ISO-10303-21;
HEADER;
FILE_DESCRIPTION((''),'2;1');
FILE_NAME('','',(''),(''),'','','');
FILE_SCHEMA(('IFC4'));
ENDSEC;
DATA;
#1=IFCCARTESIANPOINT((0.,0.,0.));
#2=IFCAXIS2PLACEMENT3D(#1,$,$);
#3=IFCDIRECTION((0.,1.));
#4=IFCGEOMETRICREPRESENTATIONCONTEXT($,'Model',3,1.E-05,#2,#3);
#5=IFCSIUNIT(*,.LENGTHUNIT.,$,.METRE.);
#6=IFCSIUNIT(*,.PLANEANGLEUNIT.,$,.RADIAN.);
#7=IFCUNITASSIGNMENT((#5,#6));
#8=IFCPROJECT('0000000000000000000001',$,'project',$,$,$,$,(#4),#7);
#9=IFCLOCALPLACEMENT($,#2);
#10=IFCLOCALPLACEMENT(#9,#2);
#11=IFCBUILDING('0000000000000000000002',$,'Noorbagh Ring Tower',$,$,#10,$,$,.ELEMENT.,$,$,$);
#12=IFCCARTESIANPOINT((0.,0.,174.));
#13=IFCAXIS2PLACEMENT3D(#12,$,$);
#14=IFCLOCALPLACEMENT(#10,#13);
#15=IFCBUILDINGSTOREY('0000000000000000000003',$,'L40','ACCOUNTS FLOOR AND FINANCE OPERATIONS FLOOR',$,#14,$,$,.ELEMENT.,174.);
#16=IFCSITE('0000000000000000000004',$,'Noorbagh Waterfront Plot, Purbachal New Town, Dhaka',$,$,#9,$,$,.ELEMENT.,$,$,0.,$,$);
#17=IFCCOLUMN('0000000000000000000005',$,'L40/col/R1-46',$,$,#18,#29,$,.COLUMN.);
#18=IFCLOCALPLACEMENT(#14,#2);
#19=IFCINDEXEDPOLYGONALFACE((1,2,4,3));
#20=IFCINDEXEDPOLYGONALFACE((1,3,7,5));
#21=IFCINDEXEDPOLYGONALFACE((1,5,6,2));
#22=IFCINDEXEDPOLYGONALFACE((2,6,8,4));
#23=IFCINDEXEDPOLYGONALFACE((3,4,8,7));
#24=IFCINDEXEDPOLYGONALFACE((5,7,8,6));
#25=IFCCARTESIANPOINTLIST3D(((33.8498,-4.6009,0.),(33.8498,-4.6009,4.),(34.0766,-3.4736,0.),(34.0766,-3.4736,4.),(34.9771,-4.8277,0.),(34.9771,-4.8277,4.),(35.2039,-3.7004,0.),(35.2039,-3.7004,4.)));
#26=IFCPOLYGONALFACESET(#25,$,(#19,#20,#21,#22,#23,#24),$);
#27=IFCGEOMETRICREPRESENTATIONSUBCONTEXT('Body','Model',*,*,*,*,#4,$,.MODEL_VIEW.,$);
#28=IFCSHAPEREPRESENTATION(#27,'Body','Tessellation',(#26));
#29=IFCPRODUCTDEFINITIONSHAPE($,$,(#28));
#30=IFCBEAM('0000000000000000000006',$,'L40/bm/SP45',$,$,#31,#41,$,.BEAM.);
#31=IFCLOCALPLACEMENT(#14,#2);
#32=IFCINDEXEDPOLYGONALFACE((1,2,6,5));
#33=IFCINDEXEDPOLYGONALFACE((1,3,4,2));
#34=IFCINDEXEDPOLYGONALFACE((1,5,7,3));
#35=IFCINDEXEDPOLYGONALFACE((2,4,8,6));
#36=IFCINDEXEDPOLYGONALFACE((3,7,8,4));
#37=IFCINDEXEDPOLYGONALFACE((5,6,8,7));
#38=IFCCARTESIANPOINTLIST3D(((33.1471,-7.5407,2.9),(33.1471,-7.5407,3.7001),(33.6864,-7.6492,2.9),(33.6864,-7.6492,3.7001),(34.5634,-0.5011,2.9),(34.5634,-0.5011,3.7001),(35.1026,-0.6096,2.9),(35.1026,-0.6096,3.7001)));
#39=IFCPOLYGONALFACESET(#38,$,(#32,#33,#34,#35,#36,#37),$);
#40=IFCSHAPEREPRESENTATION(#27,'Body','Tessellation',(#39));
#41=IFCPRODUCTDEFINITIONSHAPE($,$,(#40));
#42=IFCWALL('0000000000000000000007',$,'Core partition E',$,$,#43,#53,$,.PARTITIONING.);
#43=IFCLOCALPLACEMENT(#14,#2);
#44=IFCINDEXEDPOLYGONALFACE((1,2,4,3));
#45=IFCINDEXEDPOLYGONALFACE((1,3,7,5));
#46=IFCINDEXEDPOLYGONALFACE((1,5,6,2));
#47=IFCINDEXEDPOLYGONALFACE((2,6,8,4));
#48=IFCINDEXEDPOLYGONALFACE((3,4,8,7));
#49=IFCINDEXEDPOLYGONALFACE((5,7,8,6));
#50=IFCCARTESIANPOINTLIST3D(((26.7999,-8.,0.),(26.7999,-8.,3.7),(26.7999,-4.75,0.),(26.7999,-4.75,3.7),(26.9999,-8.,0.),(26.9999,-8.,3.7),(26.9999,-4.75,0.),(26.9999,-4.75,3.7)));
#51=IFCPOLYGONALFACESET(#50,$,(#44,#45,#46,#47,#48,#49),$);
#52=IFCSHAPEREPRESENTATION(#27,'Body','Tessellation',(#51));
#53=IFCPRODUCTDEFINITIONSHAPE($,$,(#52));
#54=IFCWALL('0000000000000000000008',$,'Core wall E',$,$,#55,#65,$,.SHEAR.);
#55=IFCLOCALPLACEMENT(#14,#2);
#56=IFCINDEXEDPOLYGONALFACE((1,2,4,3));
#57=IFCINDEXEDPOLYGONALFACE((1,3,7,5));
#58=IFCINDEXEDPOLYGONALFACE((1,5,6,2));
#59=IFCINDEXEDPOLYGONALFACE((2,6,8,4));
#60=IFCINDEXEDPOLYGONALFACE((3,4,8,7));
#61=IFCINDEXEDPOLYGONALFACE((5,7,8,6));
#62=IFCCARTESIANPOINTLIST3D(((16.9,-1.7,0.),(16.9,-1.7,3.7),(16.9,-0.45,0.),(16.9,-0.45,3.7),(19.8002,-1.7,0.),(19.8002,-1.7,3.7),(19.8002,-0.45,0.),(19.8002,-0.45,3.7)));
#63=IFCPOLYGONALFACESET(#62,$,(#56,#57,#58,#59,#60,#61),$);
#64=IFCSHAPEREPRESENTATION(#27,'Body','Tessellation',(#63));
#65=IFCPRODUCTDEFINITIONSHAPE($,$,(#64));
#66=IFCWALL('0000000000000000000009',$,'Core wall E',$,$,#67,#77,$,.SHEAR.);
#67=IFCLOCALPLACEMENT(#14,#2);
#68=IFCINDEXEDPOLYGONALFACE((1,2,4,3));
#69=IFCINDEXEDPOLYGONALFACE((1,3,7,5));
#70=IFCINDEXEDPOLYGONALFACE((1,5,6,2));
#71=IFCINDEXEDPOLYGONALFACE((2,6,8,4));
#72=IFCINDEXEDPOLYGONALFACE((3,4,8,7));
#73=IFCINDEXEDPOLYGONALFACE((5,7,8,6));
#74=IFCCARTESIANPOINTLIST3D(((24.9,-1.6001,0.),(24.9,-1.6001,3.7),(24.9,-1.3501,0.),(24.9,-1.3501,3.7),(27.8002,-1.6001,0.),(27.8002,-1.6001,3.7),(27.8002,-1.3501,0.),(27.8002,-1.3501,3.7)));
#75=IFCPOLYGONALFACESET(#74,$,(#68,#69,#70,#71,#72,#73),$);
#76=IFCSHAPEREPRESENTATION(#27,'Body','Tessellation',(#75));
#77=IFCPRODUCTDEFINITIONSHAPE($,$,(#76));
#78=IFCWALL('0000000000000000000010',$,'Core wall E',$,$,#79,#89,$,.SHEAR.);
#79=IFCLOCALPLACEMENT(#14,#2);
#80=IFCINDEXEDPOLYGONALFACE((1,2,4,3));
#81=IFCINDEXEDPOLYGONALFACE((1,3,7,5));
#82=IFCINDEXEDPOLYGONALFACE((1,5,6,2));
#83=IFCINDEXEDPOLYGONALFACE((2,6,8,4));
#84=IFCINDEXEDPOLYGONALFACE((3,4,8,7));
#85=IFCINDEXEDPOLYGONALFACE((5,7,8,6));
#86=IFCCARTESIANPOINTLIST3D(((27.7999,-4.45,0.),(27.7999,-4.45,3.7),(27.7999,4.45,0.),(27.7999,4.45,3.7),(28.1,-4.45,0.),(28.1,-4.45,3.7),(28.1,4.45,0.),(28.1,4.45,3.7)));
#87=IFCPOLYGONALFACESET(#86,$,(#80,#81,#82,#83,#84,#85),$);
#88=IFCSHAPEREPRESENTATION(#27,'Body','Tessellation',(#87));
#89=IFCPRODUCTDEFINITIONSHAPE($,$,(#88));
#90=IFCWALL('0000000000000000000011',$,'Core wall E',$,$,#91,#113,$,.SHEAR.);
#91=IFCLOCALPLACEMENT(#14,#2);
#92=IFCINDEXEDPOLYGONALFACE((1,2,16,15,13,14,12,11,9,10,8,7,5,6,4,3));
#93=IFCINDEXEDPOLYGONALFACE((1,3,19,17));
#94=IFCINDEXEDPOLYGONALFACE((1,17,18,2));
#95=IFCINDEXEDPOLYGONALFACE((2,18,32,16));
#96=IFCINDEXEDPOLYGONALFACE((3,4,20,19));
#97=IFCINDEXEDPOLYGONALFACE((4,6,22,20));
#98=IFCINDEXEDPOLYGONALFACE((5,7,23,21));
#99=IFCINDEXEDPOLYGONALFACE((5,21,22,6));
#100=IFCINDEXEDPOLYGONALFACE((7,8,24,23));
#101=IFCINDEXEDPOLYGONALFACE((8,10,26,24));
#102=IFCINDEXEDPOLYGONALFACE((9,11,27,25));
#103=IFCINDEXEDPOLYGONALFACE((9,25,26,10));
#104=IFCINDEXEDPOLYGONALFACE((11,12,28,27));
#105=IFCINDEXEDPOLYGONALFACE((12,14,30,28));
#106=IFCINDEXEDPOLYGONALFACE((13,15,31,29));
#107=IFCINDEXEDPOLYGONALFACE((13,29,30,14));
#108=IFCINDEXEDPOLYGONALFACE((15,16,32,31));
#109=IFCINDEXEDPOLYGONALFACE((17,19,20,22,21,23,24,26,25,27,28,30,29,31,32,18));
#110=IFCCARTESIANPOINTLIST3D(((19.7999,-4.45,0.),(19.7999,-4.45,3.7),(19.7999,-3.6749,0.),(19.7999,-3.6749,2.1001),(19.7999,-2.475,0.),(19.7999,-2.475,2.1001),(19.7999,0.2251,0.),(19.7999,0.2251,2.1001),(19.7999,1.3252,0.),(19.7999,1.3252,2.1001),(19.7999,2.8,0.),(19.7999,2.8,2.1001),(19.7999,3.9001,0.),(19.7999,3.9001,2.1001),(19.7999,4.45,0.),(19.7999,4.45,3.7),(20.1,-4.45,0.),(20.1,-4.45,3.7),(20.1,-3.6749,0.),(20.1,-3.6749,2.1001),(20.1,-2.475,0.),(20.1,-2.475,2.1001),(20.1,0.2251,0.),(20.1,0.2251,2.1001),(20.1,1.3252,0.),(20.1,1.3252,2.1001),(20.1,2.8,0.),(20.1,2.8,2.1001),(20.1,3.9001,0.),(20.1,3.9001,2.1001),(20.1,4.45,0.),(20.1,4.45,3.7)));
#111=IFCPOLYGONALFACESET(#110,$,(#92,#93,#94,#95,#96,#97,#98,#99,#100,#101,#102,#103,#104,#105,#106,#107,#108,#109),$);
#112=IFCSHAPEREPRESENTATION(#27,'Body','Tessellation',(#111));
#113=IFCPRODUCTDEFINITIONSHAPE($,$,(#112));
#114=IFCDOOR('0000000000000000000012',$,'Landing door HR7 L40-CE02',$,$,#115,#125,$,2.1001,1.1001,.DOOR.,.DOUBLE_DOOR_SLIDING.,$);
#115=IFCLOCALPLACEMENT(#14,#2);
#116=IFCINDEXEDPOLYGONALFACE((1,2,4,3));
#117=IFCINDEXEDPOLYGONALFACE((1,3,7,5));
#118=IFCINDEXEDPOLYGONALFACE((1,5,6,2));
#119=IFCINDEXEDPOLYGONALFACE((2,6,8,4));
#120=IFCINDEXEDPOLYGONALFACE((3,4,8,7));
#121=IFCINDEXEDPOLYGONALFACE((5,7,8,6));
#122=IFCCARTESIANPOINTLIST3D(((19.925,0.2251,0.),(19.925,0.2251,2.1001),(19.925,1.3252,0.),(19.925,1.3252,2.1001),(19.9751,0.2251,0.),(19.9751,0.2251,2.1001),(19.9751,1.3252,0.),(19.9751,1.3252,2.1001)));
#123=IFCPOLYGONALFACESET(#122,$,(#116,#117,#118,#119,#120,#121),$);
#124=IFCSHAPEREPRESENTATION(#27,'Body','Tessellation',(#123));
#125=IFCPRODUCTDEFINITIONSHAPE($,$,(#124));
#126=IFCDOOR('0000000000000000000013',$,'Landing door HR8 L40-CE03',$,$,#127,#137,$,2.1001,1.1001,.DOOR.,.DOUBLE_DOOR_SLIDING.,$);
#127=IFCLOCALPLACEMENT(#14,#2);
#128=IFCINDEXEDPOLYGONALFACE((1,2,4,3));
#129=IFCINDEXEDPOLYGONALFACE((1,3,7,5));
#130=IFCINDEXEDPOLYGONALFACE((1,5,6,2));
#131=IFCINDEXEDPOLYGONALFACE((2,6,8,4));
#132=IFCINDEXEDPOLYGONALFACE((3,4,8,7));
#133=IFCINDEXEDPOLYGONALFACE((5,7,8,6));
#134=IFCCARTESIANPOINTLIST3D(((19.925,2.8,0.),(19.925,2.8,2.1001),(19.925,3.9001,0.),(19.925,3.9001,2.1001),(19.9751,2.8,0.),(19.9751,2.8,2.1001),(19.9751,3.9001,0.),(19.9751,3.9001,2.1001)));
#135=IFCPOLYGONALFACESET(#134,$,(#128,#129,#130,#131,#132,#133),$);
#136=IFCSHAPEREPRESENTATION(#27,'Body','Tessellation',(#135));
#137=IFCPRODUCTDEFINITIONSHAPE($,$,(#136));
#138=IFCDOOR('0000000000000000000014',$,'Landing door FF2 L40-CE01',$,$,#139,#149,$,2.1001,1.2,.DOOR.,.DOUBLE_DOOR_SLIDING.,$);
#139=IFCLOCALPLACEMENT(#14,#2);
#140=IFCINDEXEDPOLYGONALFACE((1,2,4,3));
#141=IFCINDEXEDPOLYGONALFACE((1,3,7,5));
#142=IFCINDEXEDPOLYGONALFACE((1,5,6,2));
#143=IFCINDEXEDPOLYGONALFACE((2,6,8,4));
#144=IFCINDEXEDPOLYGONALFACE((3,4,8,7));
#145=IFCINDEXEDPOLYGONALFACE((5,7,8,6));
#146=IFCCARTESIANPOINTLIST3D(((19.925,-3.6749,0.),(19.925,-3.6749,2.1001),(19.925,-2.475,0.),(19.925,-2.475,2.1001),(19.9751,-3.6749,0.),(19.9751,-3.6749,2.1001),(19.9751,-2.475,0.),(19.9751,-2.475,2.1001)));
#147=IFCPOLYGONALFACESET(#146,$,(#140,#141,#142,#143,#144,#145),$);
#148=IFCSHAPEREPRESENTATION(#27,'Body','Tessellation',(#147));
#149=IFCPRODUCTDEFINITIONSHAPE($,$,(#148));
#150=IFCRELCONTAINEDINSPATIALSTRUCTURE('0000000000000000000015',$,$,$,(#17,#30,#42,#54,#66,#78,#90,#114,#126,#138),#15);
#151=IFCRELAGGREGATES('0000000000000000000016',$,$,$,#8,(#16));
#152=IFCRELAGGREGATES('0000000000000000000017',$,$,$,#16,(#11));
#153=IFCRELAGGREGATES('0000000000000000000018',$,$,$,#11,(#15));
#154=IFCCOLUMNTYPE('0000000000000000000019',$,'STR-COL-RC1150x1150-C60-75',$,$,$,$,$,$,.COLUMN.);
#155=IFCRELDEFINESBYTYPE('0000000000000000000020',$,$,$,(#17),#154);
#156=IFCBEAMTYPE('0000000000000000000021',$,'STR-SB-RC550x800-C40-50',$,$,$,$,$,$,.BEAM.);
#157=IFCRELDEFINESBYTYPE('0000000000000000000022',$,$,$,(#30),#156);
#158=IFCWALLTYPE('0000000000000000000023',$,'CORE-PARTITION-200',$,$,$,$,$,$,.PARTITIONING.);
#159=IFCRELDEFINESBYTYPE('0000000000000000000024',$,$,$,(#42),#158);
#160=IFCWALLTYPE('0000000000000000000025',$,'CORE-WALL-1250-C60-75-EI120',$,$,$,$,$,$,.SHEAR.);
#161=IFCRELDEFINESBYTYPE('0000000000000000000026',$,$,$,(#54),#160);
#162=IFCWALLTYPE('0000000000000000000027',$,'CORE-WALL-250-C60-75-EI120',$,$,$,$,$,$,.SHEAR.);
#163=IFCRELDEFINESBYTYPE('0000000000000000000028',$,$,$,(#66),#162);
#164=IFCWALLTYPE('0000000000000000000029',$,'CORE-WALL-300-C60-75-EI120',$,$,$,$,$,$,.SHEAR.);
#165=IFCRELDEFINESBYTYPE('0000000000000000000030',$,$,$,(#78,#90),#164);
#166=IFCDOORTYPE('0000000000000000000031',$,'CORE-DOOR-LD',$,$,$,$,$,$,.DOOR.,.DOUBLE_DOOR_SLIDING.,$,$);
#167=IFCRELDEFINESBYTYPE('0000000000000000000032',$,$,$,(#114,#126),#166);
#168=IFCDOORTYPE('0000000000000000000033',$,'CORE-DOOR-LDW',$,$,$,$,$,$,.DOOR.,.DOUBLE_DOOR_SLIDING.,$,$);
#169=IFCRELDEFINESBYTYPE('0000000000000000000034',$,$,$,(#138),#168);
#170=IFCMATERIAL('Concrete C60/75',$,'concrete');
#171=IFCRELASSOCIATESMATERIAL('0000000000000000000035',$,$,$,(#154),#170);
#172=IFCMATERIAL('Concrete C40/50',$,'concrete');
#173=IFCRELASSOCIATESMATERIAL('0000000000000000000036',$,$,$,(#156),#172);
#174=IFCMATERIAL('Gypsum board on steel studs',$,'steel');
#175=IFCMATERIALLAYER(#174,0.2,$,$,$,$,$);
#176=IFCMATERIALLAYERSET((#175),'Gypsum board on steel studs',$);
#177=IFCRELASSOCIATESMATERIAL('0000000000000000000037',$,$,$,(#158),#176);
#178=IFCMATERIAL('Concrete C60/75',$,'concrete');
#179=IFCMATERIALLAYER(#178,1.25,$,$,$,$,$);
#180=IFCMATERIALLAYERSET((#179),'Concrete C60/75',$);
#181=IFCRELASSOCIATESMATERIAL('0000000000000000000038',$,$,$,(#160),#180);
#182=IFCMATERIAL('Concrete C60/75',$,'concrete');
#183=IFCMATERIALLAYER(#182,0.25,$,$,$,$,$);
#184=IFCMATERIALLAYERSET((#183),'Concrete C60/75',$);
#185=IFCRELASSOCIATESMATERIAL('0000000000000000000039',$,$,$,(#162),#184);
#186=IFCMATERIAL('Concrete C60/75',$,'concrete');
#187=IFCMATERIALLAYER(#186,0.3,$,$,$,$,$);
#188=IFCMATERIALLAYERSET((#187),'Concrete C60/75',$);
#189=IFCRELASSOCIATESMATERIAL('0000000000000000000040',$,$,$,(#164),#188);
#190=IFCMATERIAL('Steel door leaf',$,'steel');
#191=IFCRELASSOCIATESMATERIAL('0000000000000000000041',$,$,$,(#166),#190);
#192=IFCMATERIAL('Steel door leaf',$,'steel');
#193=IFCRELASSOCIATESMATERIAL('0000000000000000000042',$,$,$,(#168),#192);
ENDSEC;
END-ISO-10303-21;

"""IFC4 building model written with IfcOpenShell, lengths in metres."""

from ifc_helpers import new_model, si_unit, direction, frame, frame_2d, origin, origin_2d, place, context, subcontext, project, spatial, rectangle, extrude, material, layer, layer_set, material_profile, profile_set, type_object, element, fill, save


model = new_model("IFC4")

# Units and contexts
model_context = context("Model", 3, precision=1e-05, world=origin(), true_north=direction((0.0, 1.0)))
body_context = subcontext(model_context, "Body", "Model", "MODEL_VIEW")
ifc_project = project(units=[si_unit("LENGTHUNIT", "METRE"), si_unit("PLANEANGLEUNIT", "RADIAN")], contexts=[model_context])

# Site, building, storey
site_placement = place(None, origin())
site = spatial("IfcSite", under=ifc_project, at=site_placement, Name="Noorbagh Waterfront Plot, Purbachal New Town, Dhaka", CompositionType="ELEMENT", RefElevation=0.0)
building_placement = place(site_placement, origin())
building = spatial("IfcBuilding", under=site, at=building_placement, Name="Noorbagh Ring Tower", CompositionType="ELEMENT")
storey_placement = place(building_placement, frame((0.0, 0.0, 174.0)))
storey = spatial("IfcBuildingStorey", under=building, at=storey_placement, Name="L40", Description="ACCOUNTS FLOOR AND FINANCE OPERATIONS FLOOR", CompositionType="ELEMENT", Elevation=174.0)

# Column
ifc_material_1 = material(Name="Concrete C60/75", Category="concrete")
ifc_material_profile_1 = material_profile(ifc_material_1, rectangle(XDim=1.1499, YDim=1.1499, at=origin_2d()), Name="RC1150x1150")
ifc_profile_set_1 = profile_set([ifc_material_profile_1], Name="Concrete C60/75")
column_type = type_object("IfcColumnType", Name="STR-COL-RC1150x1150-C60-75", PredefinedType="COLUMN", material=ifc_profile_set_1)
column_placement = place(storey_placement, frame((34.5269, -4.1506, 0.0), z_axis=(0.0, 0.0, 1.0), x_axis=(0.19723, 0.980357, 0.0)))
element("IfcColumn", 1, at=column_placement, inside=storey, type_object=column_type, Name="L40/col/R1-46", PredefinedType="COLUMN", context=body_context, shape_type="SweptSolid", body=[
    extrude(rectangle(XDim=1.1499, YDim=1.1499, at=origin_2d()), origin(), (0.0, 0.0, 1.0), 4.0),
])

# Beam
ifc_material_2 = material(Name="Concrete C40/50", Category="concrete")
ifc_material_profile_2 = material_profile(ifc_material_2, rectangle(XDim=0.55, YDim=0.8, at=origin_2d()), Name="RC550x800")
ifc_profile_set_2 = profile_set([ifc_material_profile_2], Name="Concrete C40/50")
beam_type = type_object("IfcBeamType", Name="STR-SB-RC550x800-C40-50", PredefinedType="BEAM", material=ifc_profile_set_2)
beam_placement = place(storey_placement, frame((33.4167, -7.595, 3.3), z_axis=(0.197234, 0.980356, 0.0), x_axis=(-0.980356, 0.197234, 0.0)))
element("IfcBeam", 2, at=beam_placement, inside=storey, type_object=beam_type, Name="L40/bm/SP45", PredefinedType="BEAM", context=body_context, shape_type="SweptSolid", body=[
    extrude(rectangle(XDim=0.55, YDim=0.8, at=origin_2d()), origin(), (0.0, 0.0, 1.0), 7.1807),
])

# Walls
ifc_material_3 = material(Name="Gypsum board on steel studs", Category="steel")
ifc_layer_1 = layer(ifc_material_3, 0.2)
ifc_layer_set_1 = layer_set([ifc_layer_1], Name="Gypsum board on steel studs")
wall_type_1 = type_object("IfcWallType", Name="CORE-PARTITION-200", PredefinedType="PARTITIONING", material=ifc_layer_set_1)
wall_1_placement = place(storey_placement, frame((26.8999, -8.0, 0.0), z_axis=(0.0, 0.0, 1.0), x_axis=(0.0, 1.0, 0.0)))
element("IfcWall", 3, at=wall_1_placement, inside=storey, type_object=wall_type_1, Name="Core partition E", PredefinedType="PARTITIONING", context=body_context, shape_type="SweptSolid", body=[
    extrude(rectangle(XDim=3.25, YDim=0.2, at=frame_2d((1.625, 0.0))), origin(), (0.0, 0.0, 1.0), 3.7),
])
ifc_material_4 = material(Name="Concrete C60/75", Category="concrete")
ifc_layer_2 = layer(ifc_material_4, 1.25)
ifc_layer_set_2 = layer_set([ifc_layer_2], Name="Concrete C60/75")
wall_type_2 = type_object("IfcWallType", Name="CORE-WALL-1250-C60-75-EI120", PredefinedType="SHEAR", material=ifc_layer_set_2)
wall_2_placement = place(storey_placement, frame((16.8999, -1.075, 0.0), z_axis=(0.0, 0.0, 1.0), x_axis=(1.0, 0.0, 0.0)))
element("IfcWall", 4, at=wall_2_placement, inside=storey, type_object=wall_type_2, Name="Core wall E", PredefinedType="SHEAR", context=body_context, shape_type="SweptSolid", body=[
    extrude(rectangle(XDim=2.9001, YDim=1.25, at=frame_2d((1.4502, 0.0))), origin(), (0.0, 0.0, 1.0), 3.7),
])
ifc_material_5 = material(Name="Concrete C60/75", Category="concrete")
ifc_layer_3 = layer(ifc_material_5, 0.25)
ifc_layer_set_3 = layer_set([ifc_layer_3], Name="Concrete C60/75")
wall_type_3 = type_object("IfcWallType", Name="CORE-WALL-250-C60-75-EI120", PredefinedType="SHEAR", material=ifc_layer_set_3)
wall_3_placement = place(storey_placement, frame((24.8999, -1.4751, 0.0), z_axis=(0.0, 0.0, 1.0), x_axis=(1.0, 0.0, 0.0)))
element("IfcWall", 5, at=wall_3_placement, inside=storey, type_object=wall_type_3, Name="Core wall E", PredefinedType="SHEAR", context=body_context, shape_type="SweptSolid", body=[
    extrude(rectangle(XDim=2.9001, YDim=0.25, at=frame_2d((1.4502, 0.0))), origin(), (0.0, 0.0, 1.0), 3.7),
])
ifc_material_6 = material(Name="Concrete C60/75", Category="concrete")
ifc_layer_4 = layer(ifc_material_6, 0.3)
ifc_layer_set_4 = layer_set([ifc_layer_4], Name="Concrete C60/75")
wall_type_4 = type_object("IfcWallType", Name="CORE-WALL-300-C60-75-EI120", PredefinedType="SHEAR", material=ifc_layer_set_4)
wall_4_placement = place(storey_placement, frame((27.95, -4.45, 0.0), z_axis=(0.0, 0.0, 1.0), x_axis=(0.0, 1.0, 0.0)))
element("IfcWall", 6, at=wall_4_placement, inside=storey, type_object=wall_type_4, Name="Core wall E", PredefinedType="SHEAR", context=body_context, shape_type="SweptSolid", body=[
    extrude(rectangle(XDim=8.8999, YDim=0.3, at=frame_2d((4.45, 0.0))), origin(), (0.0, 0.0, 1.0), 3.7),
])

# Wall, openings, doors
wall_5_placement = place(storey_placement, frame((19.95, -4.45, 0.0), z_axis=(0.0, 0.0, 1.0), x_axis=(0.0, 1.0, 0.0)))
wall_5 = element("IfcWall", 7, at=wall_5_placement, inside=storey, type_object=wall_type_4, Name="Core wall E", PredefinedType="SHEAR", context=body_context, shape_type="SweptSolid", body=[
    extrude(rectangle(XDim=8.8999, YDim=0.3, at=frame_2d((4.45, 0.0))), origin(), (0.0, 0.0, 1.0), 3.7),
])
opening_1_placement = place(wall_5_placement, frame((0.7749, 0.0, 0.0)))
opening_1 = element("IfcOpeningElement", 8, at=opening_1_placement, cuts=wall_5, PredefinedType="OPENING", context=body_context, shape_type="SweptSolid", body=[
    extrude(rectangle(XDim=1.2, YDim=2.1001, at=frame_2d((0.6001, 1.05))), frame((0.0, 0.1602, 0.0), z_axis=(0.0, -1.0, 0.0), x_axis=(1.0, 0.0, 0.0)), (0.0, 0.0, 1.0), 0.3201),
])
opening_2_placement = place(wall_5_placement, frame((4.675, 0.0, 0.0)))
opening_2 = element("IfcOpeningElement", 9, at=opening_2_placement, cuts=wall_5, PredefinedType="OPENING", context=body_context, shape_type="SweptSolid", body=[
    extrude(rectangle(XDim=1.1001, YDim=2.1001, at=frame_2d((0.55, 1.05))), frame((0.0, 0.1602, 0.0), z_axis=(0.0, -1.0, 0.0), x_axis=(1.0, 0.0, 0.0)), (0.0, 0.0, 1.0), 0.3201),
])
opening_3_placement = place(wall_5_placement, frame((7.25, 0.0, 0.0)))
opening_3 = element("IfcOpeningElement", 10, at=opening_3_placement, cuts=wall_5, PredefinedType="OPENING", context=body_context, shape_type="SweptSolid", body=[
    extrude(rectangle(XDim=1.1001, YDim=2.1001, at=frame_2d((0.55, 1.05))), frame((0.0, 0.1602, 0.0), z_axis=(0.0, -1.0, 0.0), x_axis=(1.0, 0.0, 0.0)), (0.0, 0.0, 1.0), 0.3201),
])
ifc_material_7 = material(Name="Steel door leaf", Category="steel")
door_type_1 = type_object("IfcDoorType", Name="CORE-DOOR-LD", OperationType="DOUBLE_DOOR_SLIDING", PredefinedType="DOOR", material=ifc_material_7)
door_1_placement = place(opening_2_placement, origin())
door_1 = element("IfcDoor", 11, at=door_1_placement, inside=storey, type_object=door_type_1, Name="Landing door HR7 L40-CE02", OperationType="DOUBLE_DOOR_SLIDING", OverallHeight=2.1001, OverallWidth=1.1001, PredefinedType="DOOR", context=body_context, shape_type="SweptSolid", body=[
    extrude(rectangle(XDim=1.1001, YDim=2.1001, at=frame_2d((0.55, 1.05))), frame((0.0, 0.0249, 0.0), z_axis=(0.0, -1.0, 0.0), x_axis=(1.0, 0.0, 0.0)), (0.0, 0.0, 1.0), 0.05),
])
fill(opening_2, door_1)
door_2_placement = place(opening_3_placement, origin())
door_2 = element("IfcDoor", 12, at=door_2_placement, inside=storey, type_object=door_type_1, Name="Landing door HR8 L40-CE03", OperationType="DOUBLE_DOOR_SLIDING", OverallHeight=2.1001, OverallWidth=1.1001, PredefinedType="DOOR", context=body_context, shape_type="SweptSolid", body=[
    extrude(rectangle(XDim=1.1001, YDim=2.1001, at=frame_2d((0.55, 1.05))), frame((0.0, 0.0249, 0.0), z_axis=(0.0, -1.0, 0.0), x_axis=(1.0, 0.0, 0.0)), (0.0, 0.0, 1.0), 0.05),
])
fill(opening_3, door_2)
ifc_material_8 = material(Name="Steel door leaf", Category="steel")
door_type_2 = type_object("IfcDoorType", Name="CORE-DOOR-LDW", OperationType="DOUBLE_DOOR_SLIDING", PredefinedType="DOOR", material=ifc_material_8)
door_3_placement = place(opening_1_placement, origin())
door_3 = element("IfcDoor", 13, at=door_3_placement, inside=storey, type_object=door_type_2, Name="Landing door FF2 L40-CE01", OperationType="DOUBLE_DOOR_SLIDING", OverallHeight=2.1001, OverallWidth=1.2, PredefinedType="DOOR", context=body_context, shape_type="SweptSolid", body=[
    extrude(rectangle(XDim=1.2, YDim=2.1001, at=frame_2d((0.6001, 1.05))), frame((0.0, 0.0249, 0.0), z_axis=(0.0, -1.0, 0.0), x_axis=(1.0, 0.0, 0.0)), (0.0, 0.0, 1.0), 0.05),
])
fill(opening_1, door_3)

save(model, "model.ifc")
